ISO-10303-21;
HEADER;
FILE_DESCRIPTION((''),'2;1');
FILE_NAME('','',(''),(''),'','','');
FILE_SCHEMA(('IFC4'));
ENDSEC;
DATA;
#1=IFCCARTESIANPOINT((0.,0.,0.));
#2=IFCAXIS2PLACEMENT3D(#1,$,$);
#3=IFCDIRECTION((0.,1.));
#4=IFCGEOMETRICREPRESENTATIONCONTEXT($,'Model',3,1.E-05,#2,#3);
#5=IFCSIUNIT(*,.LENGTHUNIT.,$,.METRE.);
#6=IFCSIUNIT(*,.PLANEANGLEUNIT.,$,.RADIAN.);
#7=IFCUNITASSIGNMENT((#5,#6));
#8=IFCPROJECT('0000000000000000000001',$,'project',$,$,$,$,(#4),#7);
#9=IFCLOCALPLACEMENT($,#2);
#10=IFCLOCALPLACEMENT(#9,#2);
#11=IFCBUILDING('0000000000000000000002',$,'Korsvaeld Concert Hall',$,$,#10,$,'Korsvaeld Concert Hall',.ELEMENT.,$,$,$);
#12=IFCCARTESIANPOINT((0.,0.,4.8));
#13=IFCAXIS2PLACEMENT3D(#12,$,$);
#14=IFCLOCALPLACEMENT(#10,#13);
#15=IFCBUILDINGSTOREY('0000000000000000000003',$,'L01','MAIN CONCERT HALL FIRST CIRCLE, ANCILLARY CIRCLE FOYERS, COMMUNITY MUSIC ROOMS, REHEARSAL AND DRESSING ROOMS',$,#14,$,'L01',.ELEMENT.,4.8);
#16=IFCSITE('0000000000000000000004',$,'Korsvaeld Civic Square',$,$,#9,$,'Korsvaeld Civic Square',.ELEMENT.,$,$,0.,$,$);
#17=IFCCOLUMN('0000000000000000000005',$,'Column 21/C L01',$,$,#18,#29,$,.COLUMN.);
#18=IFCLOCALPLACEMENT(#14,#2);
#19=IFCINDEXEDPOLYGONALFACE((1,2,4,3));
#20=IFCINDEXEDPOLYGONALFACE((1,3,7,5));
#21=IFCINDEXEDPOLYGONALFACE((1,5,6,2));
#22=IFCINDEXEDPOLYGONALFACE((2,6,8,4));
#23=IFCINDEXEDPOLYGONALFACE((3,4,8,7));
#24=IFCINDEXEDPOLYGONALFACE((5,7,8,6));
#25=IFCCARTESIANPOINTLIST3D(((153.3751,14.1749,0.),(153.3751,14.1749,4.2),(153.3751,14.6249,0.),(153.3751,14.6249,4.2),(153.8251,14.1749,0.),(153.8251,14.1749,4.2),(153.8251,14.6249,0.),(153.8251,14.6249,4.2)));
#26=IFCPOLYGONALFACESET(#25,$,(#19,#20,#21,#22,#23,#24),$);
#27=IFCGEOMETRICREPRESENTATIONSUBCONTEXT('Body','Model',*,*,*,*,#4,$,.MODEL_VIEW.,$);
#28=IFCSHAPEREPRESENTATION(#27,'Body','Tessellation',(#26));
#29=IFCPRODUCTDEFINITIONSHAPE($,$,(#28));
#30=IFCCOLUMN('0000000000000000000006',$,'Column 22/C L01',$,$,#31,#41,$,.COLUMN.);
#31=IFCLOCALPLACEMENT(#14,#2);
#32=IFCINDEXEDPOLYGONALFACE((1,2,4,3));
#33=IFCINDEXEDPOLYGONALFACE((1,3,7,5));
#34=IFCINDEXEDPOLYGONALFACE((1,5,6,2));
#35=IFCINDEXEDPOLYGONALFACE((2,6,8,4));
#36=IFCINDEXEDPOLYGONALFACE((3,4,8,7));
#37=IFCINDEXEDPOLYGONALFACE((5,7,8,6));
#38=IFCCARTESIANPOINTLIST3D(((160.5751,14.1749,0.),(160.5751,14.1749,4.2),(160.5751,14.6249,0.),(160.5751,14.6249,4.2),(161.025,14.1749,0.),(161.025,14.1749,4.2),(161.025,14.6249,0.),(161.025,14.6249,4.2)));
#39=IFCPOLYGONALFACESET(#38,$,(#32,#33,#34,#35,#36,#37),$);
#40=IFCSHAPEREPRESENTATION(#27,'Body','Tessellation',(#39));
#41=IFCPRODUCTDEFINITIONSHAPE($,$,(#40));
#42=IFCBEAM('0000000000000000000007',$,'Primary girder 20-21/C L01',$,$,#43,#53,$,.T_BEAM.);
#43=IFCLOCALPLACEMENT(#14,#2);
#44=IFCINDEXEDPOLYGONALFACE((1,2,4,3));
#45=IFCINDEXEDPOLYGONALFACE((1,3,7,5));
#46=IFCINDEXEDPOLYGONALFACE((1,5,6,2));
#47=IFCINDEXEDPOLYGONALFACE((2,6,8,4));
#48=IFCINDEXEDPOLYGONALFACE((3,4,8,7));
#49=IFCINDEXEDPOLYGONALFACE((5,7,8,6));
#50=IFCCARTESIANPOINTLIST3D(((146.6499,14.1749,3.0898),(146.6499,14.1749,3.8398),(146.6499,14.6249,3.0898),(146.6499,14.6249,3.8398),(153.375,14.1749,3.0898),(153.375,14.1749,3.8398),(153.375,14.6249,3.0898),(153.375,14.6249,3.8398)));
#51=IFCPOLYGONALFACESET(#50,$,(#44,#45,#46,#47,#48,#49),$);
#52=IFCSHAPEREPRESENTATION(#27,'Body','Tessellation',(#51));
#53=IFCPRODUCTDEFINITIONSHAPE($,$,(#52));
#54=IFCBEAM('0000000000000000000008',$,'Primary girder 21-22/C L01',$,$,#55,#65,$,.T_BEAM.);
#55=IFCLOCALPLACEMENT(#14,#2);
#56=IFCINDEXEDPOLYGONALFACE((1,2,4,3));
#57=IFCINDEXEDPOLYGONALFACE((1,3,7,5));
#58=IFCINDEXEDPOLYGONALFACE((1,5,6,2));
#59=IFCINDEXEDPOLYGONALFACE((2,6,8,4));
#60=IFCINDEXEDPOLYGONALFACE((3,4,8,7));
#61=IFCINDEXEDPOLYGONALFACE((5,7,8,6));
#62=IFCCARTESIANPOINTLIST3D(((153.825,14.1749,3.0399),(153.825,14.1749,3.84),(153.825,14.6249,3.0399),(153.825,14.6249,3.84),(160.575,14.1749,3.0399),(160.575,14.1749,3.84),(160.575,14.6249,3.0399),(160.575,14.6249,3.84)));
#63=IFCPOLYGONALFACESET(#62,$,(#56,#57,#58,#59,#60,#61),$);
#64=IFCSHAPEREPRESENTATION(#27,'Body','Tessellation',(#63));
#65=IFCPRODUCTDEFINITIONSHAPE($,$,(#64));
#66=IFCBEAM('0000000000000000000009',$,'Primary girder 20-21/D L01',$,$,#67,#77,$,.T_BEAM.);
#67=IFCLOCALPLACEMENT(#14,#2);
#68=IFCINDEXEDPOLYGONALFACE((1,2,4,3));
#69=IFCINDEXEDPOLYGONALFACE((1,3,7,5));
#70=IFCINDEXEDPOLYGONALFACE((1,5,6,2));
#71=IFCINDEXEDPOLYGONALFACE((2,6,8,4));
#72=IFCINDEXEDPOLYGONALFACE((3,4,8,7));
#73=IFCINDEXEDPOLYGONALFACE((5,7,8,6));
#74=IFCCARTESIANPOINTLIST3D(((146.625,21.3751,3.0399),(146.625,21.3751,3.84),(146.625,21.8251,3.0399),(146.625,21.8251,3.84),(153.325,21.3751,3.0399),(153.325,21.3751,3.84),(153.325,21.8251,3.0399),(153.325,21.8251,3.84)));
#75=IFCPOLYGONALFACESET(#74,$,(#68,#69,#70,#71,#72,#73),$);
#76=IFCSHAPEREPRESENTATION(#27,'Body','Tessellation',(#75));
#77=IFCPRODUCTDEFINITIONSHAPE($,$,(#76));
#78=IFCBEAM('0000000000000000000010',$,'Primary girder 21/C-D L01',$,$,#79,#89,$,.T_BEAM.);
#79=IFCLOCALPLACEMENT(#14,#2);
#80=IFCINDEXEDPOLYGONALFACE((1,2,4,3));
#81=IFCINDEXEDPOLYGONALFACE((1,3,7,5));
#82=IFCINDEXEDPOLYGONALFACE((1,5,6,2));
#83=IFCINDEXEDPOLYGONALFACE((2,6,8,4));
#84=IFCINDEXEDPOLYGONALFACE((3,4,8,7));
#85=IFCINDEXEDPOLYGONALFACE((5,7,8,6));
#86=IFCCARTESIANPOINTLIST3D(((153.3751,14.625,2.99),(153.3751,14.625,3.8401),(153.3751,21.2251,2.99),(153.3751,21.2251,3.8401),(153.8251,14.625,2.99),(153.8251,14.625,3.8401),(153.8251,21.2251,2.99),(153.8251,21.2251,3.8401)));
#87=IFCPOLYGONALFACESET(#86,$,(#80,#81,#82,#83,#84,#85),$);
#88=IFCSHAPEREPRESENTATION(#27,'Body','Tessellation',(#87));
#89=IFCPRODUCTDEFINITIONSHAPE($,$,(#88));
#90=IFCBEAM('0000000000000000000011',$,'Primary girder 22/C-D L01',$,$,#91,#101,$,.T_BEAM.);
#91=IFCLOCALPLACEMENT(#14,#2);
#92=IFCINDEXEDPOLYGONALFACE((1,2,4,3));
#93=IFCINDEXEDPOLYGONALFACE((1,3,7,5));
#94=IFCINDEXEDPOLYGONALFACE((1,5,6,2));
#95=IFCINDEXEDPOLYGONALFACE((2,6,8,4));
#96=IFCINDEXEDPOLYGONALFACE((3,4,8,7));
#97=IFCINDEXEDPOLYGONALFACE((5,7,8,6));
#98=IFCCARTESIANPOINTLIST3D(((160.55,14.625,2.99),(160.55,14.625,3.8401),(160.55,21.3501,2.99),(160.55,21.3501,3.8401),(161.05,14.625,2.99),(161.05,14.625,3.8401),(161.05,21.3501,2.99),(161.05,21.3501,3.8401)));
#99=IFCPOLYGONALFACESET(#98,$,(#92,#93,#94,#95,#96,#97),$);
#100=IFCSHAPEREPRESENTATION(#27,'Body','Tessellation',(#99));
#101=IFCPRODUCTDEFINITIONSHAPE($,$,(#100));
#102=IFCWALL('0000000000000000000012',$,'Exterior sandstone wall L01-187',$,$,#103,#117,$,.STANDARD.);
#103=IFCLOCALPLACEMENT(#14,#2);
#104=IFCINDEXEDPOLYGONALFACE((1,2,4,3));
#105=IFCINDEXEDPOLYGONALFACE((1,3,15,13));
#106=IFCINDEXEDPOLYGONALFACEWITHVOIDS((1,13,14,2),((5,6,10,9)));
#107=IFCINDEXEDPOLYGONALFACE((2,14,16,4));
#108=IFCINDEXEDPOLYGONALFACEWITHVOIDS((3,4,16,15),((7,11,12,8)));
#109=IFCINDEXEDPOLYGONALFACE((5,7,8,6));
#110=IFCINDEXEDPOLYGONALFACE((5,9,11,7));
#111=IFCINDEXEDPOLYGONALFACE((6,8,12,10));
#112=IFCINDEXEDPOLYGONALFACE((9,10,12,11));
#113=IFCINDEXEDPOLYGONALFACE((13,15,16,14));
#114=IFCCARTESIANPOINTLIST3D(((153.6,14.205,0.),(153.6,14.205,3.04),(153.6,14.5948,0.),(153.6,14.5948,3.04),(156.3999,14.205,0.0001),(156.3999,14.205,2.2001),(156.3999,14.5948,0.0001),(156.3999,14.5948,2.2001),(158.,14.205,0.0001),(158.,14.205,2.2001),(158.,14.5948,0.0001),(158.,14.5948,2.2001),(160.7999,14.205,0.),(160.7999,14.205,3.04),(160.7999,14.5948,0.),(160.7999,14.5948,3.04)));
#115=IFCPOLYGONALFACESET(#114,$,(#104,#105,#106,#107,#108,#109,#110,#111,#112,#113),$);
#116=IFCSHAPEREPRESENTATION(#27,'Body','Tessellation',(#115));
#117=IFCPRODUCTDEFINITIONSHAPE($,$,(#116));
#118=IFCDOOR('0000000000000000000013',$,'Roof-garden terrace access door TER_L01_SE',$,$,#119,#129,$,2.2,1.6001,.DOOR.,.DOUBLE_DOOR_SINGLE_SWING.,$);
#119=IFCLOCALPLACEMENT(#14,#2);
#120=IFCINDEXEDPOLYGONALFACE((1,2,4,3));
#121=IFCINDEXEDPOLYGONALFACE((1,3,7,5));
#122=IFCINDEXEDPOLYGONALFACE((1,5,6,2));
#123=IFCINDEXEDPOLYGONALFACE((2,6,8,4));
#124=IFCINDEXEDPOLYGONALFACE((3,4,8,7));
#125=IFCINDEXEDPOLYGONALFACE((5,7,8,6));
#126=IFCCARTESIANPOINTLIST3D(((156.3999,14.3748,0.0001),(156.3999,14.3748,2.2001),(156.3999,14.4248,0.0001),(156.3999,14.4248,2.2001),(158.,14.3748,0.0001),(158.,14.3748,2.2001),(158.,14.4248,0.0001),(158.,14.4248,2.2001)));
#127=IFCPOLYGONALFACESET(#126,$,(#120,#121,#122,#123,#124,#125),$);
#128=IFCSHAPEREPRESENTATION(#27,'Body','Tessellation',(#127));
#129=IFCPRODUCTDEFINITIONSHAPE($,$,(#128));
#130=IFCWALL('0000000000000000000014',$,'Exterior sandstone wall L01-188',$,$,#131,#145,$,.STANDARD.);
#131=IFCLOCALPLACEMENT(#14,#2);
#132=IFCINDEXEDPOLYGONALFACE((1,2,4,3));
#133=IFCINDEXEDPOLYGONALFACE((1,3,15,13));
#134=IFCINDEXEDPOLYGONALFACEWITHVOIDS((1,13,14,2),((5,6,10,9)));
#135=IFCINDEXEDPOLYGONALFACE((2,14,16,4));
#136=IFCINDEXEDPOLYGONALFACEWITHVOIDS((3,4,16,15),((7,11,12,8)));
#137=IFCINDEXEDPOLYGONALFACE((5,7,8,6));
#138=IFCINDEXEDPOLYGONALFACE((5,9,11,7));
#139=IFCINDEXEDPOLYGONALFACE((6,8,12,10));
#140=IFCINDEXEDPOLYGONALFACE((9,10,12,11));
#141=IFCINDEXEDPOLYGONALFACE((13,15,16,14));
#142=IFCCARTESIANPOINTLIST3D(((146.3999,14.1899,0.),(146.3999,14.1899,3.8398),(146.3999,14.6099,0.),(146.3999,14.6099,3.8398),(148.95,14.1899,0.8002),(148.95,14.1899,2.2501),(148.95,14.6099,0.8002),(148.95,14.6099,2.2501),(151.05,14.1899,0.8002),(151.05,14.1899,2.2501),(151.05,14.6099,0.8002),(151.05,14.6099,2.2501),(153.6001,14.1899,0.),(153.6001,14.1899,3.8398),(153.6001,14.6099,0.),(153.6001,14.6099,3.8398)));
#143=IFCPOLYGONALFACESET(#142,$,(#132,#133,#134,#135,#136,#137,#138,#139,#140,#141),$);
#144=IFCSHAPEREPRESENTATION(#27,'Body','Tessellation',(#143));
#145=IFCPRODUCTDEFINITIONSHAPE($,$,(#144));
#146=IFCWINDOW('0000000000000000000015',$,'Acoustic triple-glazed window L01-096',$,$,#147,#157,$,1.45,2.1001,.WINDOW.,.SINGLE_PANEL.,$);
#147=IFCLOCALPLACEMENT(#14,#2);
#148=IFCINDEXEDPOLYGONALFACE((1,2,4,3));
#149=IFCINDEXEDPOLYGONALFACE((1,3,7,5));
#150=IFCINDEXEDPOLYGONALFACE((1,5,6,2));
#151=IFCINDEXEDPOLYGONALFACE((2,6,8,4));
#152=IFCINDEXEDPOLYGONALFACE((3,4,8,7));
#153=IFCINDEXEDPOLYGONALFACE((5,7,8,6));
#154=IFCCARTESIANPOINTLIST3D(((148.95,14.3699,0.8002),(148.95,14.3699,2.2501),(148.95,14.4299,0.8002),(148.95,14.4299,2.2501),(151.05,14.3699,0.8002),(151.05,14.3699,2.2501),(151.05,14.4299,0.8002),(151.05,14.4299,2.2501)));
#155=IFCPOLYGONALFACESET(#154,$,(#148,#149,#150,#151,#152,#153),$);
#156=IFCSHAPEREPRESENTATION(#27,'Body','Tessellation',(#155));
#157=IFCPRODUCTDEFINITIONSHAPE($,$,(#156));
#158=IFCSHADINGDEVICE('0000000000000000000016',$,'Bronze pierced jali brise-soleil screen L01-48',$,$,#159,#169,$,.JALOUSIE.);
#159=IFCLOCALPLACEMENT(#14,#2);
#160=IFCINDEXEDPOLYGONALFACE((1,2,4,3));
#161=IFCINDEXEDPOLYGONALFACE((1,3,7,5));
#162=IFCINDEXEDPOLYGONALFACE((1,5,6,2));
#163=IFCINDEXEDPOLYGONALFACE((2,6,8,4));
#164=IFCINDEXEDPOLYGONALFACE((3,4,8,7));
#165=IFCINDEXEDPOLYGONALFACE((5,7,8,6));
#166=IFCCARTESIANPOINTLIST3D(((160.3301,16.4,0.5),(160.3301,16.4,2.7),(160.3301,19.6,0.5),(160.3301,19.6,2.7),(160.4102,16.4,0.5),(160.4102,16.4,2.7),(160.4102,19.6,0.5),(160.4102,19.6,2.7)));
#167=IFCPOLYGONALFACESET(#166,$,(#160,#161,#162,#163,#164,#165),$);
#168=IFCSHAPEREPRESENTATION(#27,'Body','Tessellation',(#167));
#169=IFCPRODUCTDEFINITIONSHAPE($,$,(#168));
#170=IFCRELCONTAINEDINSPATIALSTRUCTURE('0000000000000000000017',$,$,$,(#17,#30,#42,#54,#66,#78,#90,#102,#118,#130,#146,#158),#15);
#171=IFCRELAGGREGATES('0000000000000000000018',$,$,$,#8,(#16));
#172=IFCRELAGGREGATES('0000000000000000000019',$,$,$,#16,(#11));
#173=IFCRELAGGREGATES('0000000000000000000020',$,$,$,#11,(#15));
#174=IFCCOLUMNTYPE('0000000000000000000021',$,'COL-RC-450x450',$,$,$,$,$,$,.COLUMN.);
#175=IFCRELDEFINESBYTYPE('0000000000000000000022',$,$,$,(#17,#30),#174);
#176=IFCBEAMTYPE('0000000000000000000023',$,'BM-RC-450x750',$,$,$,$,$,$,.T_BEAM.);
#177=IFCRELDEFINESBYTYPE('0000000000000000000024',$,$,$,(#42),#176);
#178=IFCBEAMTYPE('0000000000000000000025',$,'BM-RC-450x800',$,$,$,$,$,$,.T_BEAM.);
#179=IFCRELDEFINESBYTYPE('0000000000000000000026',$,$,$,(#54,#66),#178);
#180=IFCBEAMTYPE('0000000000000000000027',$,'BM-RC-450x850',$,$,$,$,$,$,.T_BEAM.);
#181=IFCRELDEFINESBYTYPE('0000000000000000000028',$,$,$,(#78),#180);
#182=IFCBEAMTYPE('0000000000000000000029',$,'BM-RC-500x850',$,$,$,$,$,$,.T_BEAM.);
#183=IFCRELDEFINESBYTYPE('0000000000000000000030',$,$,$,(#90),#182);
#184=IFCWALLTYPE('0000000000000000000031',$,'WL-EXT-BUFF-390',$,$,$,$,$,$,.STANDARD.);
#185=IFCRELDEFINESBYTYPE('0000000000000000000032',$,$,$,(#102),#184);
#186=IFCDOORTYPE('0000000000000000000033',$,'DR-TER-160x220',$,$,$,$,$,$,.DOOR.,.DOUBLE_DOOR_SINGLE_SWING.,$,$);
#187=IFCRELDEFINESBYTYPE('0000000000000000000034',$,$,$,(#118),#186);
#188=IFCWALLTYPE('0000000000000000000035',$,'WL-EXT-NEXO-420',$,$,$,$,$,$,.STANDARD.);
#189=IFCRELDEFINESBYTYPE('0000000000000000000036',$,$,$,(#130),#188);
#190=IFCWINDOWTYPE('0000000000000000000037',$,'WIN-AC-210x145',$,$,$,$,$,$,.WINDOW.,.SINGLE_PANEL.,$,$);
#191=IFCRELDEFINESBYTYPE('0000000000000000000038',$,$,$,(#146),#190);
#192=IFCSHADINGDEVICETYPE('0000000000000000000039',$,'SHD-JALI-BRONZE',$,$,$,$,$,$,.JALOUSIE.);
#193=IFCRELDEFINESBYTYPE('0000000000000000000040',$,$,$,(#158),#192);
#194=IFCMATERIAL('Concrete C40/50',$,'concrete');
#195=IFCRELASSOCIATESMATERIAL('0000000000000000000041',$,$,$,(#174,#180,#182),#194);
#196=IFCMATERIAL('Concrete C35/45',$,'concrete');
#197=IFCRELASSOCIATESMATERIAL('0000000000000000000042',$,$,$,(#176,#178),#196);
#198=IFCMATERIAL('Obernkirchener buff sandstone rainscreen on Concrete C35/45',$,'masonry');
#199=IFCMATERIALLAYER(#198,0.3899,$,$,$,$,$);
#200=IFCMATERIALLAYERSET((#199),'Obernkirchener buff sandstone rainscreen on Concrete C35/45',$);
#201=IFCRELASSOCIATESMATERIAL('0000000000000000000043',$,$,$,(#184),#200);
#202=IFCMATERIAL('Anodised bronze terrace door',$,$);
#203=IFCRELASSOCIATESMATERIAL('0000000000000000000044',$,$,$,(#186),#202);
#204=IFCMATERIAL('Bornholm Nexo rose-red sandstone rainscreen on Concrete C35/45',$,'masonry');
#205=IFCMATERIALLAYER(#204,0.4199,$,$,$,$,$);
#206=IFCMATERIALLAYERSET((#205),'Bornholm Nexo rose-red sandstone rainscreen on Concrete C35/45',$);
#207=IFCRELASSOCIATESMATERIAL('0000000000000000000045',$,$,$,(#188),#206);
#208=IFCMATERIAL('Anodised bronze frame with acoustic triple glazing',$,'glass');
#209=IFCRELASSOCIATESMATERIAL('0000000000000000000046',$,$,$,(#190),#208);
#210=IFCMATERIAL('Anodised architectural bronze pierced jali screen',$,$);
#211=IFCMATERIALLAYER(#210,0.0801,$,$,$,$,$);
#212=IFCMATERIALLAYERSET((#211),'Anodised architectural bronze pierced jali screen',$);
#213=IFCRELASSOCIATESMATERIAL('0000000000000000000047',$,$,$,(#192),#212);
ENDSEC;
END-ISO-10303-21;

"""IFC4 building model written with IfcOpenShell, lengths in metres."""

from ifc_helpers import new_model, si_unit, direction, frame, frame_2d, origin, origin_2d, place, context, subcontext, project, spatial, rectangle, extrude, material, layer, layer_set, material_profile, profile_set, type_object, element, fill, save


model = new_model("IFC4")

# Units and contexts
model_context = context("Model", 3, precision=1e-05, world=origin(), true_north=direction((0.0, 1.0)))
body_context = subcontext(model_context, "Body", "Model", "MODEL_VIEW")
ifc_project = project(units=[si_unit("LENGTHUNIT", "METRE"), si_unit("PLANEANGLEUNIT", "RADIAN")], contexts=[model_context])

# Site, building, storey
site_placement = place(None, origin())
site = spatial("IfcSite", under=ifc_project, at=site_placement, Name="Korsvaeld Civic Square", LongName="Korsvaeld Civic Square", CompositionType="ELEMENT", RefElevation=0.0)
building_placement = place(site_placement, origin())
building = spatial("IfcBuilding", under=site, at=building_placement, Name="Korsvaeld Concert Hall", LongName="Korsvaeld Concert Hall", CompositionType="ELEMENT")
storey_placement = place(building_placement, frame((0.0, 0.0, 4.8)))
storey = spatial("IfcBuildingStorey", under=building, at=storey_placement, Name="L01", Description="MAIN CONCERT HALL FIRST CIRCLE, ANCILLARY CIRCLE FOYERS, COMMUNITY MUSIC ROOMS, REHEARSAL AND DRESSING ROOMS", LongName="L01", CompositionType="ELEMENT", Elevation=4.8)

# Columns
ifc_material_1 = material(Name="Concrete C40/50", Category="concrete")
ifc_material_profile_1 = material_profile(ifc_material_1, rectangle(XDim=0.45, YDim=0.45, at=origin_2d()), Name="RC 450x450")
ifc_profile_set_1 = profile_set([ifc_material_profile_1], Name="Concrete C40/50")
column_type = type_object("IfcColumnType", Name="COL-RC-450x450", PredefinedType="COLUMN", material=ifc_profile_set_1)
for number, where, z_axis, x_axis, name in (
    (1, (153.6001, 14.3999, 0.0), (0.0, 0.0, 1.0), (1.0, 0.0, 0.0), "Column 21/C L01"),
    (2, (160.8, 14.3999, 0.0), (0.0, 0.0, 1.0), (1.0, 0.0, 0.0), "Column 22/C L01"),
):
    element("IfcColumn", number, at=place(storey_placement, frame(where, z_axis=z_axis, x_axis=x_axis)), inside=storey, type_object=column_type, Name=name, PredefinedType="COLUMN", context=body_context, shape_type="SweptSolid", body=[
        extrude(rectangle(XDim=0.45, YDim=0.45, at=origin_2d()), origin(), (0.0, 0.0, 1.0), 4.2),
    ])

# Beams
ifc_material_2 = material(Name="Concrete C35/45", Category="concrete")
ifc_material_profile_2 = material_profile(ifc_material_2, rectangle(XDim=0.45, YDim=0.75, at=origin_2d()), Name="RC 450x750")
ifc_profile_set_2 = profile_set([ifc_material_profile_2], Name="Concrete C35/45")
beam_type_1 = type_object("IfcBeamType", Name="BM-RC-450x750", PredefinedType="T_BEAM", material=ifc_profile_set_2)
beam_1_placement = place(storey_placement, frame((146.6499, 14.3999, 3.4648), z_axis=(1.0, 0.0, 0.0), x_axis=(0.0, 1.0, 0.0)))
element("IfcBeam", 3, at=beam_1_placement, inside=storey, type_object=beam_type_1, Name="Primary girder 20-21/C L01", PredefinedType="T_BEAM", context=body_context, shape_type="SweptSolid", body=[
    extrude(rectangle(XDim=0.45, YDim=0.75, at=origin_2d()), origin(), (0.0, 0.0, 1.0), 6.7251),
])
ifc_material_profile_3 = material_profile(ifc_material_2, rectangle(XDim=0.45, YDim=0.8, at=origin_2d()), Name="RC 450x800")
ifc_profile_set_3 = profile_set([ifc_material_profile_3], Name="Concrete C35/45")
beam_type_2 = type_object("IfcBeamType", Name="BM-RC-450x800", PredefinedType="T_BEAM", material=ifc_profile_set_3)
beam_2_placement = place(storey_placement, frame((153.825, 14.3999, 3.4399), z_axis=(1.0, 0.0, 0.0), x_axis=(0.0, 1.0, 0.0)))
element("IfcBeam", 4, at=beam_2_placement, inside=storey, type_object=beam_type_2, Name="Primary girder 21-22/C L01", PredefinedType="T_BEAM", context=body_context, shape_type="SweptSolid", body=[
    extrude(rectangle(XDim=0.45, YDim=0.8, at=origin_2d()), origin(), (0.0, 0.0, 1.0), 6.75),
])
beam_3_placement = place(storey_placement, frame((146.625, 21.6001, 3.4399), z_axis=(1.0, 0.0, 0.0), x_axis=(0.0, 1.0, 0.0)))
element("IfcBeam", 5, at=beam_3_placement, inside=storey, type_object=beam_type_2, Name="Primary girder 20-21/D L01", PredefinedType="T_BEAM", context=body_context, shape_type="SweptSolid", body=[
    extrude(rectangle(XDim=0.45, YDim=0.8, at=origin_2d()), origin(), (0.0, 0.0, 1.0), 6.7),
])
ifc_material_profile_4 = material_profile(ifc_material_1, rectangle(XDim=0.45, YDim=0.8501, at=origin_2d()), Name="RC 450x850")
ifc_profile_set_4 = profile_set([ifc_material_profile_4], Name="Concrete C40/50")
beam_type_3 = type_object("IfcBeamType", Name="BM-RC-450x850", PredefinedType="T_BEAM", material=ifc_profile_set_4)
beam_4_placement = place(storey_placement, frame((153.6001, 14.625, 3.415), z_axis=(0.0, 1.0, 0.0), x_axis=(-1.0, 0.0, 0.0)))
element("IfcBeam", 6, at=beam_4_placement, inside=storey, type_object=beam_type_3, Name="Primary girder 21/C-D L01", PredefinedType="T_BEAM", context=body_context, shape_type="SweptSolid", body=[
    extrude(rectangle(XDim=0.45, YDim=0.8501, at=origin_2d()), origin(), (0.0, 0.0, 1.0), 6.6001),
])
ifc_material_profile_5 = material_profile(ifc_material_1, rectangle(XDim=0.5, YDim=0.8501, at=origin_2d()), Name="RC 500x850")
ifc_profile_set_5 = profile_set([ifc_material_profile_5], Name="Concrete C40/50")
beam_type_4 = type_object("IfcBeamType", Name="BM-RC-500x850", PredefinedType="T_BEAM", material=ifc_profile_set_5)
beam_5_placement = place(storey_placement, frame((160.8, 14.625, 3.415), z_axis=(0.0, 1.0, 0.0), x_axis=(-1.0, 0.0, 0.0)))
element("IfcBeam", 7, at=beam_5_placement, inside=storey, type_object=beam_type_4, Name="Primary girder 22/C-D L01", PredefinedType="T_BEAM", context=body_context, shape_type="SweptSolid", body=[
    extrude(rectangle(XDim=0.5, YDim=0.8501, at=origin_2d()), origin(), (0.0, 0.0, 1.0), 6.7251),
])

# Wall, opening, door
ifc_material_3 = material(Name="Obernkirchener buff sandstone rainscreen on Concrete C35/45", Category="masonry")
ifc_layer_1 = layer(ifc_material_3, 0.3899)
ifc_layer_set_1 = layer_set([ifc_layer_1], Name="Obernkirchener buff sandstone rainscreen on Concrete C35/45")
wall_type_1 = type_object("IfcWallType", Name="WL-EXT-BUFF-390", PredefinedType="STANDARD", material=ifc_layer_set_1)
wall_1_placement = place(storey_placement, frame((160.8, 14.3999, 0.0), z_axis=(0.0, 0.0, 1.0), x_axis=(-1.0, 0.0, 0.0)))
wall_1 = element("IfcWall", 8, at=wall_1_placement, inside=storey, type_object=wall_type_1, Name="Exterior sandstone wall L01-187", PredefinedType="STANDARD", context=body_context, shape_type="SweptSolid", body=[
    extrude(rectangle(XDim=7.2, YDim=0.3899, at=frame_2d((3.6001, 0.0))), origin(), (0.0, 0.0, 1.0), 3.04),
])
opening_1_placement = place(wall_1_placement, frame((2.8, 0.0, 0.0)))
opening_1 = element("IfcOpeningElement", 9, at=opening_1_placement, cuts=wall_1, PredefinedType="OPENING", context=body_context, shape_type="SweptSolid", body=[
    extrude(rectangle(XDim=1.6001, YDim=2.2, at=frame_2d((0.8, 1.1001))), frame((0.0, 0.2051, 0.0), z_axis=(0.0, -1.0, 0.0), x_axis=(1.0, 0.0, 0.0)), (0.0, 0.0, 1.0), 0.4099),
])
ifc_material_4 = material(Name="Anodised bronze terrace door")
door_type = type_object("IfcDoorType", Name="DR-TER-160x220", OperationType="DOUBLE_DOOR_SINGLE_SWING", PredefinedType="DOOR", material=ifc_material_4)
door_placement = place(opening_1_placement, frame((1.6001, 0.0, 0.0), z_axis=(0.0, 0.0, 1.0), x_axis=(-1.0, 0.0, 0.0)))
door = element("IfcDoor", 10, at=door_placement, inside=storey, type_object=door_type, Name="Roof-garden terrace access door TER_L01_SE", OperationType="DOUBLE_DOOR_SINGLE_SWING", OverallHeight=2.2, OverallWidth=1.6001, PredefinedType="DOOR", context=body_context, shape_type="SweptSolid", body=[
    extrude(rectangle(XDim=1.6001, YDim=2.2, at=frame_2d((0.8, 1.1001))), frame((0.0, 0.0249, 0.0), z_axis=(0.0, -1.0, 0.0), x_axis=(1.0, 0.0, 0.0)), (0.0, 0.0, 1.0), 0.05),
])
fill(opening_1, door)

# Wall, opening, window
ifc_material_5 = material(Name="Bornholm Nexo rose-red sandstone rainscreen on Concrete C35/45", Category="masonry")
ifc_layer_2 = layer(ifc_material_5, 0.4199)
ifc_layer_set_2 = layer_set([ifc_layer_2], Name="Bornholm Nexo rose-red sandstone rainscreen on Concrete C35/45")
wall_type_2 = type_object("IfcWallType", Name="WL-EXT-NEXO-420", PredefinedType="STANDARD", material=ifc_layer_set_2)
wall_2_placement = place(storey_placement, frame((153.6001, 14.3999, 0.0), z_axis=(0.0, 0.0, 1.0), x_axis=(-1.0, 0.0, 0.0)))
wall_2 = element("IfcWall", 11, at=wall_2_placement, inside=storey, type_object=wall_type_2, Name="Exterior sandstone wall L01-188", PredefinedType="STANDARD", context=body_context, shape_type="SweptSolid", body=[
    extrude(rectangle(XDim=7.2002, YDim=0.4199, at=frame_2d((3.6001, 0.0))), origin(), (0.0, 0.0, 1.0), 3.8398),
])
opening_2_placement = place(wall_2_placement, frame((2.55, 0.0, 0.8)))
opening_2 = element("IfcOpeningElement", 12, at=opening_2_placement, cuts=wall_2, PredefinedType="OPENING", context=body_context, shape_type="SweptSolid", body=[
    extrude(rectangle(XDim=2.1001, YDim=1.45, at=frame_2d((1.05, 0.7251))), frame((0.0, 0.22, 0.0), z_axis=(0.0, -1.0, 0.0), x_axis=(1.0, 0.0, 0.0)), (0.0, 0.0, 1.0), 0.4399),
])
ifc_material_6 = material(Name="Anodised bronze frame with acoustic triple glazing", Category="glass")
window_type = type_object("IfcWindowType", Name="WIN-AC-210x145", PartitioningType="SINGLE_PANEL", PredefinedType="WINDOW", material=ifc_material_6)
window_placement = place(opening_2_placement, origin())
window = element("IfcWindow", 13, at=window_placement, inside=storey, type_object=window_type, Name="Acoustic triple-glazed window L01-096", OverallHeight=1.45, OverallWidth=2.1001, PartitioningType="SINGLE_PANEL", PredefinedType="WINDOW", context=body_context, shape_type="SweptSolid", body=[
    extrude(rectangle(XDim=2.1001, YDim=1.45, at=frame_2d((1.05, 0.7251))), frame((0.0, 0.03, 0.0), z_axis=(0.0, -1.0, 0.0), x_axis=(1.0, 0.0, 0.0)), (0.0, 0.0, 1.0), 0.0601),
])
fill(opening_2, window)

# Shading device
ifc_material_7 = material(Name="Anodised architectural bronze pierced jali screen")
ifc_layer_3 = layer(ifc_material_7, 0.0801)
ifc_layer_set_3 = layer_set([ifc_layer_3], Name="Anodised architectural bronze pierced jali screen")
shading_device_type = type_object("IfcShadingDeviceType", Name="SHD-JALI-BRONZE", PredefinedType="JALOUSIE", material=ifc_layer_set_3)
for number, where, z_axis, x_axis, name in (
    (14, (160.3701, 18.0, 0.5), (0.0, 0.0, 1.0), (0.0, -1.0, 0.0), "Bronze pierced jali brise-soleil screen L01-48"),
):
    element("IfcShadingDevice", number, at=place(storey_placement, frame(where, z_axis=z_axis, x_axis=x_axis)), inside=storey, type_object=shading_device_type, Name=name, PredefinedType="JALOUSIE", context=body_context, shape_type="SweptSolid", body=[
        extrude(rectangle(XDim=3.2, YDim=0.0801, at=origin_2d()), origin(), (0.0, 0.0, 1.0), 2.2),
    ])

save(model, "model.ifc")
